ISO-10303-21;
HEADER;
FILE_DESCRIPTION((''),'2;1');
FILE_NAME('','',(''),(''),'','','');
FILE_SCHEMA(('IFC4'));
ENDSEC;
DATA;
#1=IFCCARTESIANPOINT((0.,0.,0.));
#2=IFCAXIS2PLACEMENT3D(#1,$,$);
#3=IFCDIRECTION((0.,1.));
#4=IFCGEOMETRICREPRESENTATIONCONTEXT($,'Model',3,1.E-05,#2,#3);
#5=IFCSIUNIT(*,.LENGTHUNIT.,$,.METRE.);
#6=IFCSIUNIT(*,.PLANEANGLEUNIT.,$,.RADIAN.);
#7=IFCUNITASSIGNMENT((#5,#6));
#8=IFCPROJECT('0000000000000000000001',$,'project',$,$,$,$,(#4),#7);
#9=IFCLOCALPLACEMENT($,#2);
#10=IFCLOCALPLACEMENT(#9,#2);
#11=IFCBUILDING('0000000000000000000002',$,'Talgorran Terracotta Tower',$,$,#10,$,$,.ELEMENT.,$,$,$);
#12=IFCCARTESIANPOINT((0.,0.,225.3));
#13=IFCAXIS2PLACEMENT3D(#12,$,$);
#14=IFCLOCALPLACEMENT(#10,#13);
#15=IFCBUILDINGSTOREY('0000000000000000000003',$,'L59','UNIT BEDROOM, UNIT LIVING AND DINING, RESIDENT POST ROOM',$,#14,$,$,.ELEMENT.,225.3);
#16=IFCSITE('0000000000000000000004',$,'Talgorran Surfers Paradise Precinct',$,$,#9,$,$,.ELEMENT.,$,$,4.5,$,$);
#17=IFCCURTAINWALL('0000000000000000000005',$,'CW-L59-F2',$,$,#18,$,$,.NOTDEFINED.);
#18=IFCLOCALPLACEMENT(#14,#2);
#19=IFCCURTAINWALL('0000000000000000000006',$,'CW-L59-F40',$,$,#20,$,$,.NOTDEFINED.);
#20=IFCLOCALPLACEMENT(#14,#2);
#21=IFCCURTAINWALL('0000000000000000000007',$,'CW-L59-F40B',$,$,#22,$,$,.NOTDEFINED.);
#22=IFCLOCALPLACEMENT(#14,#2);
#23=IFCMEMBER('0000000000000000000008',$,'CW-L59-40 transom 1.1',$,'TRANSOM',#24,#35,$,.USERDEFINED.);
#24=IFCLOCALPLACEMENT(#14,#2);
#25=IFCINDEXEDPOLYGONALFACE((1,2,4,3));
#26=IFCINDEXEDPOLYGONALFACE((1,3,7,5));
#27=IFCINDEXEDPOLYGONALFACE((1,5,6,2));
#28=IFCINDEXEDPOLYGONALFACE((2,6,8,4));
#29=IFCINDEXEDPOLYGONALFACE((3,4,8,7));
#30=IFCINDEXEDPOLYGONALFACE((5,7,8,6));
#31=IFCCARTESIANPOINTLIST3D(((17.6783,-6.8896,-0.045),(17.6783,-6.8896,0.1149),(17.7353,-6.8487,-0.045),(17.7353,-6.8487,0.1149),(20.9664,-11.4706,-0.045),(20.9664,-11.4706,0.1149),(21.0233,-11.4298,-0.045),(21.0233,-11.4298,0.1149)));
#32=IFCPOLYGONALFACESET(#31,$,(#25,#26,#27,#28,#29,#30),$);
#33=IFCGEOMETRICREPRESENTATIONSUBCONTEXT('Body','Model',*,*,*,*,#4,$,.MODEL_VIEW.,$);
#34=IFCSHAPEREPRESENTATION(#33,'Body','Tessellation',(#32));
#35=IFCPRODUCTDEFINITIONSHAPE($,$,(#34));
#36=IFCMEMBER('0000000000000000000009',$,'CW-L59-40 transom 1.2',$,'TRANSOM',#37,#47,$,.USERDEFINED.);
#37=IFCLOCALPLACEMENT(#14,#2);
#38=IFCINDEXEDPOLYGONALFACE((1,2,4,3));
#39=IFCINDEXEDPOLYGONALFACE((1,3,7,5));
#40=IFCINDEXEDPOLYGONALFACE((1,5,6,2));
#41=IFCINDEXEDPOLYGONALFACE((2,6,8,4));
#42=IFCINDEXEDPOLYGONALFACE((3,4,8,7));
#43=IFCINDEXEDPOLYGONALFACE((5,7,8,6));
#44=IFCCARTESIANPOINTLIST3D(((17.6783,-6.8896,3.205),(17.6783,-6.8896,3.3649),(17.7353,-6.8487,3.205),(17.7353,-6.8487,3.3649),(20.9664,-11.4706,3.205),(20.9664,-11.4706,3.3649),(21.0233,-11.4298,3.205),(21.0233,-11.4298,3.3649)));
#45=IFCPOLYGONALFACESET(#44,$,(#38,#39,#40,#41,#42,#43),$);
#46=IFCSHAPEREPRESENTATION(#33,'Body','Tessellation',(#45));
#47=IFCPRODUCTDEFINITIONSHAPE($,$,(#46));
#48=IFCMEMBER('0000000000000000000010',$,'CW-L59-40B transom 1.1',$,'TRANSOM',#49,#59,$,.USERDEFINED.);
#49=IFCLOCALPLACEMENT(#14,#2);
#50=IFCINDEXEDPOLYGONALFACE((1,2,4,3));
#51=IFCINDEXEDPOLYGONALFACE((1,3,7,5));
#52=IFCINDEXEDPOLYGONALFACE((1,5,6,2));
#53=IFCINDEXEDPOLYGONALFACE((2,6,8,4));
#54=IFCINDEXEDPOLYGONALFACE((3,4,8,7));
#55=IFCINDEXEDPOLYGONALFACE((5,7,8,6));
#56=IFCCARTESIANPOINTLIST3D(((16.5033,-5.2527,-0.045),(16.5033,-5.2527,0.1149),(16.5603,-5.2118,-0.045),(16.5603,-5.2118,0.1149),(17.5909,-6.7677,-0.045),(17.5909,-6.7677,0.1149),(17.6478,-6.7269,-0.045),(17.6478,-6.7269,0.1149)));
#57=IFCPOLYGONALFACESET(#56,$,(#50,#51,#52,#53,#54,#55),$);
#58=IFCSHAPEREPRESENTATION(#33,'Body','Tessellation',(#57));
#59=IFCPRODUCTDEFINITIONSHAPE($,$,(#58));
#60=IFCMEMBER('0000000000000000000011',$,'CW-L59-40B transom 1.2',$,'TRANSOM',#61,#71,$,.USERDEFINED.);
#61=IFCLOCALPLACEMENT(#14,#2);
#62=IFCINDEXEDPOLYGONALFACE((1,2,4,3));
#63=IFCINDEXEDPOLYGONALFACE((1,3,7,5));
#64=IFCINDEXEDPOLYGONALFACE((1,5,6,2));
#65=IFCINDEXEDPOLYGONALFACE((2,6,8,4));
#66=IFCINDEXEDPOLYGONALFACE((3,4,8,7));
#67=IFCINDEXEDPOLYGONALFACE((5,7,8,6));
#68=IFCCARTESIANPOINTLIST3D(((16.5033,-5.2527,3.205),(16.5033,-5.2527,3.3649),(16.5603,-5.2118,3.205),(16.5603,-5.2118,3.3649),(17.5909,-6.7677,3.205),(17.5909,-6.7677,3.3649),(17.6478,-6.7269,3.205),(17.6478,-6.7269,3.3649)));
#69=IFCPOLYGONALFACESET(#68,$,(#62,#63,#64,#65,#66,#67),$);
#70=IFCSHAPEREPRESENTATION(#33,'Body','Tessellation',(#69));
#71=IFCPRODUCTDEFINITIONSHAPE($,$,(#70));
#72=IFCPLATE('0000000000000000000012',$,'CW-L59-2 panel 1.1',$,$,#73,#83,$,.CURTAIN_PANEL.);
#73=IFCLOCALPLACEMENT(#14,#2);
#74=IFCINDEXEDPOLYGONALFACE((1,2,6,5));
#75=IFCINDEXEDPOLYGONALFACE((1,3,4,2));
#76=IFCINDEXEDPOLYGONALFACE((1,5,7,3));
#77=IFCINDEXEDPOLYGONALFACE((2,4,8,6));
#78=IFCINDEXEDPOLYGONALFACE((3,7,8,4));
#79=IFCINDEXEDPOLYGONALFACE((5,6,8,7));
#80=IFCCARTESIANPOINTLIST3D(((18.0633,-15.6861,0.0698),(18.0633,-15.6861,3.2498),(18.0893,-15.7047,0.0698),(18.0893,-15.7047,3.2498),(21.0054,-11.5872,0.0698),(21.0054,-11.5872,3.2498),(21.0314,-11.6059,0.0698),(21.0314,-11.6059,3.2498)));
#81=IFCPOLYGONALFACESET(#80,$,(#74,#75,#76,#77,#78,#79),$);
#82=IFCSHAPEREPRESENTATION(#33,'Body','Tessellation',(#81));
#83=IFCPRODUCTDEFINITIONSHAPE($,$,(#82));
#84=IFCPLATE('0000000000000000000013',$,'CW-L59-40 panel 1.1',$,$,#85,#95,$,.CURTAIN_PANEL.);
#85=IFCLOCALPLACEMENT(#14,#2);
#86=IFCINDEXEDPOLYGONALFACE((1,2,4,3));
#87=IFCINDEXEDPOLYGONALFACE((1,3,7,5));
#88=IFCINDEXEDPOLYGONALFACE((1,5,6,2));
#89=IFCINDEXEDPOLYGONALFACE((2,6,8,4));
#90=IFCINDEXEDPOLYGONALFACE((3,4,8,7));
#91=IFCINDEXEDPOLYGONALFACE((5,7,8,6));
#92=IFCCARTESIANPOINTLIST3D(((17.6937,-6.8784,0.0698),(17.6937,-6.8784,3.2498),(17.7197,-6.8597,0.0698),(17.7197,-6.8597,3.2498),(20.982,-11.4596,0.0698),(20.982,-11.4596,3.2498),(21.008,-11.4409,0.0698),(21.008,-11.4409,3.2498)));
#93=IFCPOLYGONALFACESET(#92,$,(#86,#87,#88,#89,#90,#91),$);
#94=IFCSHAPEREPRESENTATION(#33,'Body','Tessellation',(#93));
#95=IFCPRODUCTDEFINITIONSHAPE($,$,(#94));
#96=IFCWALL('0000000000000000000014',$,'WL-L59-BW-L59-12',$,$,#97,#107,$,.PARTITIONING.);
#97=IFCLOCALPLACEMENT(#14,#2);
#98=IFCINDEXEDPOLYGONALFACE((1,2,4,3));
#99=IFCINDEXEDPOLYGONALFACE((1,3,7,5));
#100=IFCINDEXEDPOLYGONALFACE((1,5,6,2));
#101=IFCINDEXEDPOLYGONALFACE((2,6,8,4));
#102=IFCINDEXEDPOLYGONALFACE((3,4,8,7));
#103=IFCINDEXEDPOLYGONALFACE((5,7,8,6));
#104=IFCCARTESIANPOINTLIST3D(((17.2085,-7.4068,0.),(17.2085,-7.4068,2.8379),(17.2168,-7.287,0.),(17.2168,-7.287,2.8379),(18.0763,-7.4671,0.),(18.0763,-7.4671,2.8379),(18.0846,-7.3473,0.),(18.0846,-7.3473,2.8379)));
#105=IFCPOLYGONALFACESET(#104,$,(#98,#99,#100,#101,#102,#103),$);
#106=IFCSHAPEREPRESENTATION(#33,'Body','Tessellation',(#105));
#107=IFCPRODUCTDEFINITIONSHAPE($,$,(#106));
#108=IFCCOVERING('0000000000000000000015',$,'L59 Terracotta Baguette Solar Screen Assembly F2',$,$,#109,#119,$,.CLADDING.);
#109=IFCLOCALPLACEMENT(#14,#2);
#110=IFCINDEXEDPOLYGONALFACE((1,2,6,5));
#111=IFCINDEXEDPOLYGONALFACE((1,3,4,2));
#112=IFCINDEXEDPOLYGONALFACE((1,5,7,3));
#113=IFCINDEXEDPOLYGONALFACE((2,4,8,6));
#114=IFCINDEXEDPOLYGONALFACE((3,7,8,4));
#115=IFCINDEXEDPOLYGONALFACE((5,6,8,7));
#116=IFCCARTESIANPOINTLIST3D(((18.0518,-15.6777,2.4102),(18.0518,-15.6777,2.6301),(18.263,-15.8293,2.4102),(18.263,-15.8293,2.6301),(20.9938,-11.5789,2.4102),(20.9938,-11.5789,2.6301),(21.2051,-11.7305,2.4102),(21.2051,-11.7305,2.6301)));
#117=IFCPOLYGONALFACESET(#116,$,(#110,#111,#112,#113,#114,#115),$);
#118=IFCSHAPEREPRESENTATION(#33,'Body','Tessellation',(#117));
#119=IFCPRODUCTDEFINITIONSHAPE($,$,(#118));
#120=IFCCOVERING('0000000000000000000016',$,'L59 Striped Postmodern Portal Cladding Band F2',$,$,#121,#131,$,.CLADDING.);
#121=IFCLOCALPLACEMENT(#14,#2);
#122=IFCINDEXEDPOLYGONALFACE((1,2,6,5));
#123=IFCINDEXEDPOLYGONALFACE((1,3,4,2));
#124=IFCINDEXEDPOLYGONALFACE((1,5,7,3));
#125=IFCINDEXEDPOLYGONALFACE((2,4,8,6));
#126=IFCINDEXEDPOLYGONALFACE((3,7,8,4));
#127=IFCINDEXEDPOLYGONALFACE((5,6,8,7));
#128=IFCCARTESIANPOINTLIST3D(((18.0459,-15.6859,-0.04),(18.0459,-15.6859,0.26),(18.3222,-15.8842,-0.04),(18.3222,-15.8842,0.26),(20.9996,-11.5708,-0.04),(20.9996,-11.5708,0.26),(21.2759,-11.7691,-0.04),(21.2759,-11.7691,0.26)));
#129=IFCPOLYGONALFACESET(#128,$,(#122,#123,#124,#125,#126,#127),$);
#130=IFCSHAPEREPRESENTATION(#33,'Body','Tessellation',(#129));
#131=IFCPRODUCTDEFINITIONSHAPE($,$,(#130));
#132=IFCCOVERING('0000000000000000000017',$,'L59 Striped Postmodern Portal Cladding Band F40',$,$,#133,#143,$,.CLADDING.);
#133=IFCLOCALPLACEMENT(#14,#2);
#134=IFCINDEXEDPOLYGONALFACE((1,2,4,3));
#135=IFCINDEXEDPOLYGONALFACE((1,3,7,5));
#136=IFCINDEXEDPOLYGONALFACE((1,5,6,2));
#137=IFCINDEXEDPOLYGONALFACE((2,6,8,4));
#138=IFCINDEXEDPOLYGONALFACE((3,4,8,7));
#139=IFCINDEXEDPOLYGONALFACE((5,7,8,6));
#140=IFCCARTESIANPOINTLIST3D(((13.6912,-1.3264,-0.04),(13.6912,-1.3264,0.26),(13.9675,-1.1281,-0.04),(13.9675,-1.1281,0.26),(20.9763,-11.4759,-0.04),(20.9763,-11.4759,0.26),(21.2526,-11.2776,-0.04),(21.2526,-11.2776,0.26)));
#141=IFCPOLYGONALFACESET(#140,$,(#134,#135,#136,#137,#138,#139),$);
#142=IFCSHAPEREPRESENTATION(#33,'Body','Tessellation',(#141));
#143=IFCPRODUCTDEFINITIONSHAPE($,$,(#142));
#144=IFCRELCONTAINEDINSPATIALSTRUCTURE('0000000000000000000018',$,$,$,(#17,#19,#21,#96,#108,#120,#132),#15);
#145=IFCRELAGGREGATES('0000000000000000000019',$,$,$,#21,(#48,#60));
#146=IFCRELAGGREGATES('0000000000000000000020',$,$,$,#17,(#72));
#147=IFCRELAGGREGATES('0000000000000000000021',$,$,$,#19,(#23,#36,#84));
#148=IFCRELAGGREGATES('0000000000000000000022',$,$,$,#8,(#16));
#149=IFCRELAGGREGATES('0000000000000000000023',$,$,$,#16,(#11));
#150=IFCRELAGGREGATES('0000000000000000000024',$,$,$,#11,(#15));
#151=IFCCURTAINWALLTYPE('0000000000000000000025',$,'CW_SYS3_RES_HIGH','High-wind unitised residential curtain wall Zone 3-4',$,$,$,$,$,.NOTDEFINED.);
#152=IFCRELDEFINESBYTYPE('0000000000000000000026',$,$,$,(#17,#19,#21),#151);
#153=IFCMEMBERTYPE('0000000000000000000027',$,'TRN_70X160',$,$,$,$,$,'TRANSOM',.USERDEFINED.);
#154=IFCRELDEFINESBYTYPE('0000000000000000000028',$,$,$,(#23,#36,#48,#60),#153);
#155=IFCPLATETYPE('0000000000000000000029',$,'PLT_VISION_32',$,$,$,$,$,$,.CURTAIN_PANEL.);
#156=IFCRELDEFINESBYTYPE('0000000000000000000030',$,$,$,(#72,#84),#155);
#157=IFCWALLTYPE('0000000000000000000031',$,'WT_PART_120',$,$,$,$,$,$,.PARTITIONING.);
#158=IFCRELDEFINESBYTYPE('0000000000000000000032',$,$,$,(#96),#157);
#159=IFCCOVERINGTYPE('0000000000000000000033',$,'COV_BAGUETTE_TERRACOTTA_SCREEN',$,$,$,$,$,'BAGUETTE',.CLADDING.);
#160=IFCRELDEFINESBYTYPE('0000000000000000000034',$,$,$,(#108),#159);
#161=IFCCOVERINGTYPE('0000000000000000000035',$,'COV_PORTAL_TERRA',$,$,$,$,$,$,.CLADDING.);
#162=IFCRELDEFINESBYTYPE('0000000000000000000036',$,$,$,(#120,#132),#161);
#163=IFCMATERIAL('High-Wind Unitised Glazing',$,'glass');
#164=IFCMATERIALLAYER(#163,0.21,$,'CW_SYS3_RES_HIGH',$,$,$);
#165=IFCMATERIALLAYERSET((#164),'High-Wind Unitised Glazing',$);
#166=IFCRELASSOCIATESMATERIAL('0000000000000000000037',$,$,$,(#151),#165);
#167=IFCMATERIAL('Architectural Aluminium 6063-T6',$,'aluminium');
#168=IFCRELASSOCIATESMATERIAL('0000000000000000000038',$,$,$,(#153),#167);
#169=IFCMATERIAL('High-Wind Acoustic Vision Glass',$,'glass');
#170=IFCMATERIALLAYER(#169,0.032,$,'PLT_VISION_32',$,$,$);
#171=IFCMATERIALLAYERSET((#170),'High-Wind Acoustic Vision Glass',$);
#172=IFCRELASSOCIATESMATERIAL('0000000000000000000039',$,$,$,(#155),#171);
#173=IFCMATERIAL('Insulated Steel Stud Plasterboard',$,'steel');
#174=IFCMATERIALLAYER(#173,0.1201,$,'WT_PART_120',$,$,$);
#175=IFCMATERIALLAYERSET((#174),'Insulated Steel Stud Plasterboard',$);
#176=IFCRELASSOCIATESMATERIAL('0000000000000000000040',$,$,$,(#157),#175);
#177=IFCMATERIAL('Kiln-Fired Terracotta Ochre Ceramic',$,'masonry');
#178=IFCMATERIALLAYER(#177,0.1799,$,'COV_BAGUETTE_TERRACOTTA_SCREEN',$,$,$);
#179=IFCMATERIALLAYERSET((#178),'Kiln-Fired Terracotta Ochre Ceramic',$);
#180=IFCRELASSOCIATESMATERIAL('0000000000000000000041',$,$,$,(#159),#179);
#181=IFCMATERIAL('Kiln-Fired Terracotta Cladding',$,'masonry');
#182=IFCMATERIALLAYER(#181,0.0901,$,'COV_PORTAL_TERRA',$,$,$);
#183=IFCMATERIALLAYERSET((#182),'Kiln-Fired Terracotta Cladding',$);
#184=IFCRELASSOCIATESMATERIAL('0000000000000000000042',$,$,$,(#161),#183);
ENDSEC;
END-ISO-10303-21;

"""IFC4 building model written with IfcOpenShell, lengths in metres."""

from ifc_helpers import new_model, si_unit, direction, frame, frame_2d, origin, origin_2d, place, context, subcontext, project, spatial, rectangle, extrude, source, transform, mapped, material, layer, layer_set, material_profile, profile_set, type_object, type_shapes, element, aggregate, save


model = new_model("IFC4")

# Units and contexts
model_context = context("Model", 3, precision=1e-05, world=origin(), true_north=direction((0.0, 1.0)))
body_context = subcontext(model_context, "Body", "Model", "MODEL_VIEW")
ifc_project = project(units=[si_unit("LENGTHUNIT", "METRE"), si_unit("PLANEANGLEUNIT", "RADIAN")], contexts=[model_context])

# Site, building, storey
site_placement = place(None, origin())
site = spatial("IfcSite", under=ifc_project, at=site_placement, Name="Talgorran Surfers Paradise Precinct", CompositionType="ELEMENT", RefElevation=4.5)
building_placement = place(site_placement, origin())
building = spatial("IfcBuilding", under=site, at=building_placement, Name="Talgorran Terracotta Tower", CompositionType="ELEMENT")
storey_placement = place(building_placement, frame((0.0, 0.0, 225.3)))
storey = spatial("IfcBuildingStorey", under=building, at=storey_placement, Name="L59", Description="UNIT BEDROOM, UNIT LIVING AND DINING, RESIDENT POST ROOM", CompositionType="ELEMENT", Elevation=225.3)

# Shared definitions
ifc_material_1 = material(Name="High-Wind Unitised Glazing", Category="glass")
ifc_layer_1 = layer(ifc_material_1, 0.21, Name="CW_SYS3_RES_HIGH")
ifc_layer_set_1 = layer_set([ifc_layer_1], Name="High-Wind Unitised Glazing")
curtain_wall_type = type_object("IfcCurtainWallType", Name="CW_SYS3_RES_HIGH", Description="High-wind unitised residential curtain wall Zone 3-4", PredefinedType="NOTDEFINED", material=ifc_layer_set_1)
ifc_material_2 = material(Name="Architectural Aluminium 6063-T6", Category="aluminium")

# Curtain walls
curtain_wall_1_placement = place(storey_placement, origin())
curtain_wall_1 = element("IfcCurtainWall", 1, at=curtain_wall_1_placement, inside=storey, type_object=curtain_wall_type, Name="CW-L59-F2", PredefinedType="NOTDEFINED")
curtain_wall_2_placement = place(storey_placement, origin())
curtain_wall_2 = element("IfcCurtainWall", 2, at=curtain_wall_2_placement, inside=storey, type_object=curtain_wall_type, Name="CW-L59-F40", PredefinedType="NOTDEFINED")

# Curtain wall
curtain_wall_3_placement = place(storey_placement, origin())
curtain_wall_3 = element("IfcCurtainWall", 3, at=curtain_wall_3_placement, inside=storey, type_object=curtain_wall_type, Name="CW-L59-F40B", PredefinedType="NOTDEFINED")

# Members
ifc_material_profile_1 = material_profile(ifc_material_2, rectangle(XDim=0.0701, YDim=0.1599, at=origin_2d()), Name="CWT70X160")
ifc_profile_set_1 = profile_set([ifc_material_profile_1], Name="Architectural Aluminium 6063-T6")
member_type_1 = type_object("IfcMemberType", Name="TRN_70X160", ElementType="TRANSOM", PredefinedType="USERDEFINED", material=ifc_profile_set_1)
member_1_placement = place(storey_placement, frame((20.9949, -11.4502, 0.0349), z_axis=(-0.583104, 0.812397, 0.0), x_axis=(-0.812397, -0.583104, 0.0)))
member_1 = element("IfcMember", 4, at=member_1_placement, type_object=member_type_1, Name="CW-L59-40 transom 1.1", ObjectType="TRANSOM", PredefinedType="USERDEFINED", context=body_context, shape_type="SweptSolid", body=[
    extrude(rectangle(XDim=0.0701, YDim=0.1599, at=origin_2d()), origin(), (0.0, 0.0, 1.0), 5.6389),
])
member_2_placement = place(storey_placement, frame((20.9949, -11.4502, 3.2849), z_axis=(-0.583104, 0.812397, 0.0), x_axis=(-0.812397, -0.583104, 0.0)))
member_2 = element("IfcMember", 5, at=member_2_placement, type_object=member_type_1, Name="CW-L59-40 transom 1.2", ObjectType="TRANSOM", PredefinedType="USERDEFINED", context=body_context, shape_type="SweptSolid", body=[
    extrude(rectangle(XDim=0.0701, YDim=0.1599, at=origin_2d()), origin(), (0.0, 0.0, 1.0), 5.6389),
])
member_3_placement = place(storey_placement, frame((17.6194, -6.7473, 0.0349), z_axis=(-0.583156, 0.81236, 0.0), x_axis=(-0.81236, -0.583156, 0.0)))
member_3 = element("IfcMember", 6, at=member_3_placement, type_object=member_type_1, Name="CW-L59-40B transom 1.1", ObjectType="TRANSOM", PredefinedType="USERDEFINED", context=body_context, shape_type="SweptSolid", body=[
    extrude(rectangle(XDim=0.0701, YDim=0.1599, at=origin_2d()), origin(), (0.0, 0.0, 1.0), 1.865),
])
member_4_placement = place(storey_placement, frame((17.6194, -6.7473, 3.2849), z_axis=(-0.583156, 0.81236, 0.0), x_axis=(-0.81236, -0.583156, 0.0)))
member_4 = element("IfcMember", 7, at=member_4_placement, type_object=member_type_1, Name="CW-L59-40B transom 1.2", ObjectType="TRANSOM", PredefinedType="USERDEFINED", context=body_context, shape_type="SweptSolid", body=[
    extrude(rectangle(XDim=0.0701, YDim=0.1599, at=origin_2d()), origin(), (0.0, 0.0, 1.0), 1.865),
])
aggregate(curtain_wall_3, [member_3, member_4])

# Plates
ifc_material_3 = material(Name="High-Wind Acoustic Vision Glass", Category="glass")
ifc_layer_2 = layer(ifc_material_3, 0.032, Name="PLT_VISION_32")
ifc_layer_set_2 = layer_set([ifc_layer_2], Name="High-Wind Acoustic Vision Glass")
plate_type = type_object("IfcPlateType", Name="PLT_VISION_32", PredefinedType="CURTAIN_PANEL", material=ifc_layer_set_2)
shared_shape_1 = source(origin(), body_context, "Body", "SweptSolid", [
    extrude(rectangle(XDim=5.0454, YDim=0.032, at=origin_2d()), origin(), (0.0, 0.0, 1.0), 3.1799),
])
plate_1_placement = place(storey_placement, frame((19.5474, -13.646, 0.0698), z_axis=(0.0, 0.0, 1.0), x_axis=(0.583114, 0.81239, 0.0)))
plate_1 = element("IfcPlate", 8, at=plate_1_placement, type_object=plate_type, Name="CW-L59-2 panel 1.1", PredefinedType="CURTAIN_PANEL", context=body_context, shape_type="MappedRepresentation", body=[
    mapped(shared_shape_1, transform((0.0, 0.0, 0.0), scale=1.0)),
])
aggregate(curtain_wall_1, [plate_1])
shared_shape_2 = source(origin(), body_context, "Body", "SweptSolid", [
    extrude(rectangle(XDim=5.6392, YDim=0.032, at=origin_2d()), origin(), (0.0, 0.0, 1.0), 3.1799),
])
type_shapes(plate_type, [shared_shape_1, shared_shape_2])
plate_2_placement = place(storey_placement, frame((19.3508, -9.1597, 0.0698), z_axis=(0.0, 0.0, 1.0), x_axis=(-0.583116, 0.812389, 0.0)))
plate_2 = element("IfcPlate", 9, at=plate_2_placement, type_object=plate_type, Name="CW-L59-40 panel 1.1", PredefinedType="CURTAIN_PANEL", context=body_context, shape_type="MappedRepresentation", body=[
    mapped(shared_shape_2, transform((0.0, 0.0, 0.0), scale=1.0)),
])
aggregate(curtain_wall_2, [member_1, member_2, plate_2])

# Wall
ifc_material_4 = material(Name="Insulated Steel Stud Plasterboard", Category="steel")
ifc_layer_3 = layer(ifc_material_4, 0.1201, Name="WT_PART_120")
ifc_layer_set_3 = layer_set([ifc_layer_3], Name="Insulated Steel Stud Plasterboard")
wall_type = type_object("IfcWallType", Name="WT_PART_120", PredefinedType="PARTITIONING", material=ifc_layer_set_3)
wall_placement = place(storey_placement, frame((18.0806, -7.4072, 0.0), z_axis=(0.0, 0.0, 1.0), x_axis=(-0.997594, 0.069332, 0.0)))
element("IfcWall", 10, at=wall_placement, inside=storey, type_object=wall_type, Name="WL-L59-BW-L59-12", PredefinedType="PARTITIONING", context=body_context, shape_type="SweptSolid", body=[
    extrude(rectangle(XDim=0.8699, YDim=0.1201, at=frame_2d((0.4351, 0.0))), origin(), (0.0, 0.0, 1.0), 2.8379),
])

# Coverings
ifc_material_5 = material(Name="Kiln-Fired Terracotta Ochre Ceramic", Category="masonry")
ifc_layer_4 = layer(ifc_material_5, 0.1799, Name="COV_BAGUETTE_TERRACOTTA_SCREEN")
ifc_layer_set_4 = layer_set([ifc_layer_4], Name="Kiln-Fired Terracotta Ochre Ceramic")
covering_type_1 = type_object("IfcCoveringType", Name="COV_BAGUETTE_TERRACOTTA_SCREEN", ElementType="BAGUETTE", PredefinedType="CLADDING", material=ifc_layer_set_4)
covering_1_placement = place(storey_placement, frame((19.6284, -13.7041, 2.4102), z_axis=(0.0, 0.0, 1.0), x_axis=(0.583116, 0.812389, 0.0)))
element("IfcCovering", 11, at=covering_1_placement, inside=storey, type_object=covering_type_1, Name="L59 Terracotta Baguette Solar Screen Assembly F2", PredefinedType="CLADDING", context=body_context, shape_type="SweptSolid", body=[
    extrude(rectangle(XDim=5.0454, YDim=0.26, at=origin_2d()), origin(), (0.0, 0.0, 1.0), 0.22),
])
ifc_material_6 = material(Name="Kiln-Fired Terracotta Cladding", Category="masonry")
ifc_layer_5 = layer(ifc_material_6, 0.0901, Name="COV_PORTAL_TERRA")
ifc_layer_set_5 = layer_set([ifc_layer_5], Name="Kiln-Fired Terracotta Cladding")
covering_type_2 = type_object("IfcCoveringType", Name="COV_PORTAL_TERRA", PredefinedType="CLADDING", material=ifc_layer_set_5)
covering_2_placement = place(storey_placement, frame((19.6609, -13.7275, -0.04), z_axis=(0.0, 0.0, 1.0), x_axis=(0.583116, 0.812389, 0.0)))
element("IfcCovering", 12, at=covering_2_placement, inside=storey, type_object=covering_type_2, Name="L59 Striped Postmodern Portal Cladding Band F2", PredefinedType="CLADDING", context=body_context, shape_type="SweptSolid", body=[
    extrude(rectangle(XDim=5.0654, YDim=0.3401, at=origin_2d()), origin(), (0.0, 0.0, 1.0), 0.3),
])
covering_3_placement = place(storey_placement, frame((17.4719, -6.302, -0.04), z_axis=(0.0, 0.0, 1.0), x_axis=(-0.583116, 0.812389, 0.0)))
element("IfcCovering", 13, at=covering_3_placement, inside=storey, type_object=covering_type_2, Name="L59 Striped Postmodern Portal Cladding Band F40", PredefinedType="CLADDING", context=body_context, shape_type="SweptSolid", body=[
    extrude(rectangle(XDim=12.4934, YDim=0.3401, at=origin_2d()), origin(), (0.0, 0.0, 1.0), 0.3),
])

save(model, "model.ifc")
